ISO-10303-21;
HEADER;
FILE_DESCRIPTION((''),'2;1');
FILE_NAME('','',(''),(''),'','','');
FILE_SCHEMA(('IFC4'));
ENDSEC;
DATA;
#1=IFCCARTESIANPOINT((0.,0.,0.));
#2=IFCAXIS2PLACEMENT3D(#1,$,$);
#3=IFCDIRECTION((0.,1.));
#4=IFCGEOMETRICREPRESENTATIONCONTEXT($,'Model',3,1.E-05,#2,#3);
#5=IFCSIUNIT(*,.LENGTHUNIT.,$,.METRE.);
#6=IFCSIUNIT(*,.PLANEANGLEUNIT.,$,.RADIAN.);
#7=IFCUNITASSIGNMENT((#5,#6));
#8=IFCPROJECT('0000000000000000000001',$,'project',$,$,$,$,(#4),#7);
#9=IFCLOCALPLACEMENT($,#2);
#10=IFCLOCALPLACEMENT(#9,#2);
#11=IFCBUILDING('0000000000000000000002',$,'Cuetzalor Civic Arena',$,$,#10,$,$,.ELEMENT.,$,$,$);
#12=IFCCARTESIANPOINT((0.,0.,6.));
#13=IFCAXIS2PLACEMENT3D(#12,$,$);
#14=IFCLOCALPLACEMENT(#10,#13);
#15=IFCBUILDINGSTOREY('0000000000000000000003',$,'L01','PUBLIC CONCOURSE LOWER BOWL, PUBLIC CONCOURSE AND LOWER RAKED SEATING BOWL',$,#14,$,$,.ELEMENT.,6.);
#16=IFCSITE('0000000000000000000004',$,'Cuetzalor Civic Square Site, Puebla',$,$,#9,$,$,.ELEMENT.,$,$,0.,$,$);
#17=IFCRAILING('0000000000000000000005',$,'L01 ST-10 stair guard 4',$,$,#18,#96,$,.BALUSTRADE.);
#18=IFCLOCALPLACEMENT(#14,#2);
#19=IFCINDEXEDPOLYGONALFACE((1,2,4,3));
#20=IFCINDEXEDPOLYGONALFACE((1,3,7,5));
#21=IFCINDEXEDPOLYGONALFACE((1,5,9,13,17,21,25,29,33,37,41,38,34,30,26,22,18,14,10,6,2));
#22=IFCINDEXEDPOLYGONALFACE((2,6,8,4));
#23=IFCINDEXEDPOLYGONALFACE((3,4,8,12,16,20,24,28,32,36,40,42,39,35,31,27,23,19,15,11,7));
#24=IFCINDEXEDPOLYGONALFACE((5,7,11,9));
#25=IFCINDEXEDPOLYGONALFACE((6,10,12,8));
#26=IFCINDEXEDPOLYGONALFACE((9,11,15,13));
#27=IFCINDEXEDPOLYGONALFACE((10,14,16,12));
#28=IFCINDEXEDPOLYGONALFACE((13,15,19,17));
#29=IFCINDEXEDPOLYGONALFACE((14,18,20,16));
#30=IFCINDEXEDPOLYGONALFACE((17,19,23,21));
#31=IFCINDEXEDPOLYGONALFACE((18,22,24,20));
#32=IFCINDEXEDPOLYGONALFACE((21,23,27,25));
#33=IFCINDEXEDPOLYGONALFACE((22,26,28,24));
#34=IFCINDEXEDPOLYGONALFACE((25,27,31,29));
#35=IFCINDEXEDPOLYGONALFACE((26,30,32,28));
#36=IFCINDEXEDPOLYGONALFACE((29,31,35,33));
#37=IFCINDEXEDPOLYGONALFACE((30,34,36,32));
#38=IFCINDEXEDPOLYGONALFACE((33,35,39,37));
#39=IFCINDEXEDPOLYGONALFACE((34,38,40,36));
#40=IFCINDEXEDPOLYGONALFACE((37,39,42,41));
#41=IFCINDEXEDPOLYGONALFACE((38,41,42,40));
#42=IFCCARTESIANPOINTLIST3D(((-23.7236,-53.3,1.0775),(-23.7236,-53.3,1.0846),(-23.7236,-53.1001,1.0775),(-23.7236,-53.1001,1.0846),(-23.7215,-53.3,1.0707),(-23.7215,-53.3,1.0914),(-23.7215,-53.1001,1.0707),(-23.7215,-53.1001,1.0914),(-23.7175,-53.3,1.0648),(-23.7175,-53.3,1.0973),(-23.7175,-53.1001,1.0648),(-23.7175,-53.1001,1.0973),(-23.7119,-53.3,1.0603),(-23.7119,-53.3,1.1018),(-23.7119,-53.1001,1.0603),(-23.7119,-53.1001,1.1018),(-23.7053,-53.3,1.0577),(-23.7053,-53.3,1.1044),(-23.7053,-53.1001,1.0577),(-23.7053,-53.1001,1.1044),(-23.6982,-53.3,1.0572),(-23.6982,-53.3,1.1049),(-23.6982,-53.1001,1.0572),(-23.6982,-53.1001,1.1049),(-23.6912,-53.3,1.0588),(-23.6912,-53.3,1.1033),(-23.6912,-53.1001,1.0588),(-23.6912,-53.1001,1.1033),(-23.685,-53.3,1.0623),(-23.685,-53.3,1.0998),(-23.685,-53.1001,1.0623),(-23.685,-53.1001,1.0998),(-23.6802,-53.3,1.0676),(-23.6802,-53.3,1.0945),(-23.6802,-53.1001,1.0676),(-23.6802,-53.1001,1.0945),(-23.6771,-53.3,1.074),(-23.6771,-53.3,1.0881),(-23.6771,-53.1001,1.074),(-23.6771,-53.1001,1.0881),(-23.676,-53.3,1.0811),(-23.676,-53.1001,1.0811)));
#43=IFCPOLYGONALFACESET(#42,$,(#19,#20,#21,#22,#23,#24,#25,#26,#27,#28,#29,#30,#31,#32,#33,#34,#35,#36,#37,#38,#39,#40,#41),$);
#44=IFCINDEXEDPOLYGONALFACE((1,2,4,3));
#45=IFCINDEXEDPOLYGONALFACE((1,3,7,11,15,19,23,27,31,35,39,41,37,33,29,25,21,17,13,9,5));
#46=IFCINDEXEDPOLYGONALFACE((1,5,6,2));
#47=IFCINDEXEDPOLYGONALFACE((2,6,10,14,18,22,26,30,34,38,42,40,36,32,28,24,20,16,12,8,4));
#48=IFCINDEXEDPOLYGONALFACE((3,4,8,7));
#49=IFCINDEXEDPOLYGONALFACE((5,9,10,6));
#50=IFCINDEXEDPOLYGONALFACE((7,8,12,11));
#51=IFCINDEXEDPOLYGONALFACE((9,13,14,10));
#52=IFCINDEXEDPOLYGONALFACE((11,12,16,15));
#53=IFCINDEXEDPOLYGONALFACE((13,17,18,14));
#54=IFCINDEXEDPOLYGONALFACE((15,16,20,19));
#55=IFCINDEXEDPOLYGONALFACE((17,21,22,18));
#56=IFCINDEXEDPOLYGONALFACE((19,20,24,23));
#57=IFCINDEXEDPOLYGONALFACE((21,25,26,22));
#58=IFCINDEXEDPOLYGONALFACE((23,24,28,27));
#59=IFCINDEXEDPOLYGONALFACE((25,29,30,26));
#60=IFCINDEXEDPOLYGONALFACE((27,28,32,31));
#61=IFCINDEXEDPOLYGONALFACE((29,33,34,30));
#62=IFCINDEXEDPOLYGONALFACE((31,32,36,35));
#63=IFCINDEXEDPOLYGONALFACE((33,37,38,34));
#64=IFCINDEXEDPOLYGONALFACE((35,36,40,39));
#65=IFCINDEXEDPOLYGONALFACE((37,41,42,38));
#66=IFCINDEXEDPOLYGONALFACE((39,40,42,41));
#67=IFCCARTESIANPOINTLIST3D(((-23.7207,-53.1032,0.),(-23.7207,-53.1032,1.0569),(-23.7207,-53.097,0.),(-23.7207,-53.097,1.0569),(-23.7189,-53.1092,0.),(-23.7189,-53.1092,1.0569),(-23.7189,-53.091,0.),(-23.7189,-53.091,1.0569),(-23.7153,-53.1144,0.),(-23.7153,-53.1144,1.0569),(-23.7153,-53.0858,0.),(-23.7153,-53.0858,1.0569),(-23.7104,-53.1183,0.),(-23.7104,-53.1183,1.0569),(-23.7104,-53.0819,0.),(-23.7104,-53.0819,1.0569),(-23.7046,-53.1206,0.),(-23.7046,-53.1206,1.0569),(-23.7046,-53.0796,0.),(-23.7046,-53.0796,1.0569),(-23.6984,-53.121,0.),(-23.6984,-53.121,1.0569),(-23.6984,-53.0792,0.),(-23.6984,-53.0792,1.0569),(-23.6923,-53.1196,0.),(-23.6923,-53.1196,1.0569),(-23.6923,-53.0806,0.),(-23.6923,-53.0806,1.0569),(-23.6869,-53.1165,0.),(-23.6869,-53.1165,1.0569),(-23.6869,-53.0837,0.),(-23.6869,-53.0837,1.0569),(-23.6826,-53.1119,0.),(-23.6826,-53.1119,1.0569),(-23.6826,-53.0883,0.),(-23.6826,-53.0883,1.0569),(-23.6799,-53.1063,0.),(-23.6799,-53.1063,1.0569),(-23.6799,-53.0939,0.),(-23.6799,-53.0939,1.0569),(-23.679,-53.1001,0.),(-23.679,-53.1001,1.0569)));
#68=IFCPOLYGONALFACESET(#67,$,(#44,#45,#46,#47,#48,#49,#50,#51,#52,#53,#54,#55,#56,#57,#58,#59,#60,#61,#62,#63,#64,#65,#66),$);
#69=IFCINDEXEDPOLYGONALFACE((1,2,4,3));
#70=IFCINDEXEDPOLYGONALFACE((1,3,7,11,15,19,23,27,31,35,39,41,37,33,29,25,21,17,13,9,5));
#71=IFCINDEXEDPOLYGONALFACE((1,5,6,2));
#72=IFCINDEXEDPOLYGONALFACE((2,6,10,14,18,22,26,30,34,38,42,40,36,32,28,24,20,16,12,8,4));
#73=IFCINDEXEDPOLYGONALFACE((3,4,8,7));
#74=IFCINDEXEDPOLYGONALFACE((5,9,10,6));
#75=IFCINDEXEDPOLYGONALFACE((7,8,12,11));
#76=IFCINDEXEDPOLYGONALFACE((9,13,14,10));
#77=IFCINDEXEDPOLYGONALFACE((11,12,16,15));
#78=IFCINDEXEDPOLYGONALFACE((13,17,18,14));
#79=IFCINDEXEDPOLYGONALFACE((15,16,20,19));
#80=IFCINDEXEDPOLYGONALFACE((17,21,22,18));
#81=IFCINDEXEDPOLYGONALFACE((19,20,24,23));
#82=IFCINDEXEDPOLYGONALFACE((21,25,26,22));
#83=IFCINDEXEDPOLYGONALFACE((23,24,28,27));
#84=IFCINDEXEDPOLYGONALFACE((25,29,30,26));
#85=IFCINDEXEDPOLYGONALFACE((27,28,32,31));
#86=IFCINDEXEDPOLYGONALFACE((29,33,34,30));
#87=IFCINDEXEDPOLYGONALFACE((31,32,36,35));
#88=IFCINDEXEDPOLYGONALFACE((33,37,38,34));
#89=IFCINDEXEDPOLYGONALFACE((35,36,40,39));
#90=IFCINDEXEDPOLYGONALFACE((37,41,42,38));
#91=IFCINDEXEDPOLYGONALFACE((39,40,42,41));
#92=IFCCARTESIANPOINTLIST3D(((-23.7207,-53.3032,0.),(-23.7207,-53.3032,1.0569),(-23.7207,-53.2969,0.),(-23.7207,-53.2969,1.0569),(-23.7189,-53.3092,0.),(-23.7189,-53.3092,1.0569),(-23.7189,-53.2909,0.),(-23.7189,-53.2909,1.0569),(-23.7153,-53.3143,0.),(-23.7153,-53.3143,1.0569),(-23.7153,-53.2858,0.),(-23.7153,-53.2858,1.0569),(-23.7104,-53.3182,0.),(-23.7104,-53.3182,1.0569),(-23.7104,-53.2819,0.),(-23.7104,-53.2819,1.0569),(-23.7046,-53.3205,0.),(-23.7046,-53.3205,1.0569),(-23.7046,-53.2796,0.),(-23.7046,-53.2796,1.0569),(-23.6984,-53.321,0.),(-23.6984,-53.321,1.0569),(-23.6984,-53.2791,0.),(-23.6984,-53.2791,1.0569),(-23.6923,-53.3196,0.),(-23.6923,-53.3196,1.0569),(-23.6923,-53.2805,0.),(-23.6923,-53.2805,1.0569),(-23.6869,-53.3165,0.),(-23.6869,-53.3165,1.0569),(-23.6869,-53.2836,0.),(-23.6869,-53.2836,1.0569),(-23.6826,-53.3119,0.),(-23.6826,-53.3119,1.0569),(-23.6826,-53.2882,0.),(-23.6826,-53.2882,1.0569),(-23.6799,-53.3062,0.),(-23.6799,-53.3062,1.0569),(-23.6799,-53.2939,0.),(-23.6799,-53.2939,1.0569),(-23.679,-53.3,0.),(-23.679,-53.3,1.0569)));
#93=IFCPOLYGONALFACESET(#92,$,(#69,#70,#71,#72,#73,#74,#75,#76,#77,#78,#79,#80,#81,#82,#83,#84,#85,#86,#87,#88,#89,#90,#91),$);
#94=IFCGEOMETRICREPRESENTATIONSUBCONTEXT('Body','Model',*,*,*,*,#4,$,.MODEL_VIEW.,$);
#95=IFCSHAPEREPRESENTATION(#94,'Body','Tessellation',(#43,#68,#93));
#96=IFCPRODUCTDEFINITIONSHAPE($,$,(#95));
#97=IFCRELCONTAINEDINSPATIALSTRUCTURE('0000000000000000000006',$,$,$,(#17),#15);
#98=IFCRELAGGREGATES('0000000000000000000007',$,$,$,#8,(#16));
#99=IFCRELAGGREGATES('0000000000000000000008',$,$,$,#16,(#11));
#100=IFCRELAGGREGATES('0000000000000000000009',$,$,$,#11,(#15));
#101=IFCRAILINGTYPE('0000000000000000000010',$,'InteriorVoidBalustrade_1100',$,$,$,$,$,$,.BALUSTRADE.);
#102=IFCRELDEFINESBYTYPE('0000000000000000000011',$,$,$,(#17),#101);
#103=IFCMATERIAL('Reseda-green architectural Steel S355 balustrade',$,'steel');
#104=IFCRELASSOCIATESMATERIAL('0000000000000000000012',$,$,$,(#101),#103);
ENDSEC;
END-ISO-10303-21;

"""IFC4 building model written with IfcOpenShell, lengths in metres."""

from ifc_helpers import new_model, si_unit, direction, frame, origin, origin_2d, place, context, subcontext, project, spatial, circle, extrude, material, type_object, element, save


model = new_model("IFC4")

# Units and contexts
model_context = context("Model", 3, precision=1e-05, world=origin(), true_north=direction((0.0, 1.0)))
body_context = subcontext(model_context, "Body", "Model", "MODEL_VIEW")
ifc_project = project(units=[si_unit("LENGTHUNIT", "METRE"), si_unit("PLANEANGLEUNIT", "RADIAN")], contexts=[model_context])

# Site, building, storey
site_placement = place(None, origin())
site = spatial("IfcSite", under=ifc_project, at=site_placement, Name="Cuetzalor Civic Square Site, Puebla", CompositionType="ELEMENT", RefElevation=0.0)
building_placement = place(site_placement, origin())
building = spatial("IfcBuilding", under=site, at=building_placement, Name="Cuetzalor Civic Arena", CompositionType="ELEMENT")
storey_placement = place(building_placement, frame((0.0, 0.0, 6.0)))
storey = spatial("IfcBuildingStorey", under=building, at=storey_placement, Name="L01", Description="PUBLIC CONCOURSE LOWER BOWL, PUBLIC CONCOURSE AND LOWER RAKED SEATING BOWL", CompositionType="ELEMENT", Elevation=6.0)

# Railing
ifc_material_1 = material(Name="Reseda-green architectural Steel S355 balustrade", Category="steel")
railing_type_1 = type_object("IfcRailingType", Name="InteriorVoidBalustrade_1100", PredefinedType="BALUSTRADE", material=ifc_material_1)
railing_1_placement = place(storey_placement, frame((-23.7, -53.1001, 0.0)))
element("IfcRailing", 1, at=railing_1_placement, inside=storey, type_object=railing_type_1, Name="L01 ST-10 stair guard 4", PredefinedType="BALUSTRADE", context=body_context, shape_type="SweptSolid", body=[
    extrude(circle(Radius=0.0239, at=origin_2d()), frame((0.0, 0.0, 1.0811), z_axis=(0.0, -1.0, 0.0), x_axis=(1.0, 0.0, 0.0)), (0.0, 0.0, 1.0), 0.2),
    extrude(circle(Radius=0.021, at=origin_2d()), origin(), (0.0, 0.0, 1.0), 1.0569),
    extrude(circle(Radius=0.021, at=origin_2d()), frame((0.0, -0.2, 0.0)), (0.0, 0.0, 1.0), 1.0569),
])

save(model, "model.ifc")
